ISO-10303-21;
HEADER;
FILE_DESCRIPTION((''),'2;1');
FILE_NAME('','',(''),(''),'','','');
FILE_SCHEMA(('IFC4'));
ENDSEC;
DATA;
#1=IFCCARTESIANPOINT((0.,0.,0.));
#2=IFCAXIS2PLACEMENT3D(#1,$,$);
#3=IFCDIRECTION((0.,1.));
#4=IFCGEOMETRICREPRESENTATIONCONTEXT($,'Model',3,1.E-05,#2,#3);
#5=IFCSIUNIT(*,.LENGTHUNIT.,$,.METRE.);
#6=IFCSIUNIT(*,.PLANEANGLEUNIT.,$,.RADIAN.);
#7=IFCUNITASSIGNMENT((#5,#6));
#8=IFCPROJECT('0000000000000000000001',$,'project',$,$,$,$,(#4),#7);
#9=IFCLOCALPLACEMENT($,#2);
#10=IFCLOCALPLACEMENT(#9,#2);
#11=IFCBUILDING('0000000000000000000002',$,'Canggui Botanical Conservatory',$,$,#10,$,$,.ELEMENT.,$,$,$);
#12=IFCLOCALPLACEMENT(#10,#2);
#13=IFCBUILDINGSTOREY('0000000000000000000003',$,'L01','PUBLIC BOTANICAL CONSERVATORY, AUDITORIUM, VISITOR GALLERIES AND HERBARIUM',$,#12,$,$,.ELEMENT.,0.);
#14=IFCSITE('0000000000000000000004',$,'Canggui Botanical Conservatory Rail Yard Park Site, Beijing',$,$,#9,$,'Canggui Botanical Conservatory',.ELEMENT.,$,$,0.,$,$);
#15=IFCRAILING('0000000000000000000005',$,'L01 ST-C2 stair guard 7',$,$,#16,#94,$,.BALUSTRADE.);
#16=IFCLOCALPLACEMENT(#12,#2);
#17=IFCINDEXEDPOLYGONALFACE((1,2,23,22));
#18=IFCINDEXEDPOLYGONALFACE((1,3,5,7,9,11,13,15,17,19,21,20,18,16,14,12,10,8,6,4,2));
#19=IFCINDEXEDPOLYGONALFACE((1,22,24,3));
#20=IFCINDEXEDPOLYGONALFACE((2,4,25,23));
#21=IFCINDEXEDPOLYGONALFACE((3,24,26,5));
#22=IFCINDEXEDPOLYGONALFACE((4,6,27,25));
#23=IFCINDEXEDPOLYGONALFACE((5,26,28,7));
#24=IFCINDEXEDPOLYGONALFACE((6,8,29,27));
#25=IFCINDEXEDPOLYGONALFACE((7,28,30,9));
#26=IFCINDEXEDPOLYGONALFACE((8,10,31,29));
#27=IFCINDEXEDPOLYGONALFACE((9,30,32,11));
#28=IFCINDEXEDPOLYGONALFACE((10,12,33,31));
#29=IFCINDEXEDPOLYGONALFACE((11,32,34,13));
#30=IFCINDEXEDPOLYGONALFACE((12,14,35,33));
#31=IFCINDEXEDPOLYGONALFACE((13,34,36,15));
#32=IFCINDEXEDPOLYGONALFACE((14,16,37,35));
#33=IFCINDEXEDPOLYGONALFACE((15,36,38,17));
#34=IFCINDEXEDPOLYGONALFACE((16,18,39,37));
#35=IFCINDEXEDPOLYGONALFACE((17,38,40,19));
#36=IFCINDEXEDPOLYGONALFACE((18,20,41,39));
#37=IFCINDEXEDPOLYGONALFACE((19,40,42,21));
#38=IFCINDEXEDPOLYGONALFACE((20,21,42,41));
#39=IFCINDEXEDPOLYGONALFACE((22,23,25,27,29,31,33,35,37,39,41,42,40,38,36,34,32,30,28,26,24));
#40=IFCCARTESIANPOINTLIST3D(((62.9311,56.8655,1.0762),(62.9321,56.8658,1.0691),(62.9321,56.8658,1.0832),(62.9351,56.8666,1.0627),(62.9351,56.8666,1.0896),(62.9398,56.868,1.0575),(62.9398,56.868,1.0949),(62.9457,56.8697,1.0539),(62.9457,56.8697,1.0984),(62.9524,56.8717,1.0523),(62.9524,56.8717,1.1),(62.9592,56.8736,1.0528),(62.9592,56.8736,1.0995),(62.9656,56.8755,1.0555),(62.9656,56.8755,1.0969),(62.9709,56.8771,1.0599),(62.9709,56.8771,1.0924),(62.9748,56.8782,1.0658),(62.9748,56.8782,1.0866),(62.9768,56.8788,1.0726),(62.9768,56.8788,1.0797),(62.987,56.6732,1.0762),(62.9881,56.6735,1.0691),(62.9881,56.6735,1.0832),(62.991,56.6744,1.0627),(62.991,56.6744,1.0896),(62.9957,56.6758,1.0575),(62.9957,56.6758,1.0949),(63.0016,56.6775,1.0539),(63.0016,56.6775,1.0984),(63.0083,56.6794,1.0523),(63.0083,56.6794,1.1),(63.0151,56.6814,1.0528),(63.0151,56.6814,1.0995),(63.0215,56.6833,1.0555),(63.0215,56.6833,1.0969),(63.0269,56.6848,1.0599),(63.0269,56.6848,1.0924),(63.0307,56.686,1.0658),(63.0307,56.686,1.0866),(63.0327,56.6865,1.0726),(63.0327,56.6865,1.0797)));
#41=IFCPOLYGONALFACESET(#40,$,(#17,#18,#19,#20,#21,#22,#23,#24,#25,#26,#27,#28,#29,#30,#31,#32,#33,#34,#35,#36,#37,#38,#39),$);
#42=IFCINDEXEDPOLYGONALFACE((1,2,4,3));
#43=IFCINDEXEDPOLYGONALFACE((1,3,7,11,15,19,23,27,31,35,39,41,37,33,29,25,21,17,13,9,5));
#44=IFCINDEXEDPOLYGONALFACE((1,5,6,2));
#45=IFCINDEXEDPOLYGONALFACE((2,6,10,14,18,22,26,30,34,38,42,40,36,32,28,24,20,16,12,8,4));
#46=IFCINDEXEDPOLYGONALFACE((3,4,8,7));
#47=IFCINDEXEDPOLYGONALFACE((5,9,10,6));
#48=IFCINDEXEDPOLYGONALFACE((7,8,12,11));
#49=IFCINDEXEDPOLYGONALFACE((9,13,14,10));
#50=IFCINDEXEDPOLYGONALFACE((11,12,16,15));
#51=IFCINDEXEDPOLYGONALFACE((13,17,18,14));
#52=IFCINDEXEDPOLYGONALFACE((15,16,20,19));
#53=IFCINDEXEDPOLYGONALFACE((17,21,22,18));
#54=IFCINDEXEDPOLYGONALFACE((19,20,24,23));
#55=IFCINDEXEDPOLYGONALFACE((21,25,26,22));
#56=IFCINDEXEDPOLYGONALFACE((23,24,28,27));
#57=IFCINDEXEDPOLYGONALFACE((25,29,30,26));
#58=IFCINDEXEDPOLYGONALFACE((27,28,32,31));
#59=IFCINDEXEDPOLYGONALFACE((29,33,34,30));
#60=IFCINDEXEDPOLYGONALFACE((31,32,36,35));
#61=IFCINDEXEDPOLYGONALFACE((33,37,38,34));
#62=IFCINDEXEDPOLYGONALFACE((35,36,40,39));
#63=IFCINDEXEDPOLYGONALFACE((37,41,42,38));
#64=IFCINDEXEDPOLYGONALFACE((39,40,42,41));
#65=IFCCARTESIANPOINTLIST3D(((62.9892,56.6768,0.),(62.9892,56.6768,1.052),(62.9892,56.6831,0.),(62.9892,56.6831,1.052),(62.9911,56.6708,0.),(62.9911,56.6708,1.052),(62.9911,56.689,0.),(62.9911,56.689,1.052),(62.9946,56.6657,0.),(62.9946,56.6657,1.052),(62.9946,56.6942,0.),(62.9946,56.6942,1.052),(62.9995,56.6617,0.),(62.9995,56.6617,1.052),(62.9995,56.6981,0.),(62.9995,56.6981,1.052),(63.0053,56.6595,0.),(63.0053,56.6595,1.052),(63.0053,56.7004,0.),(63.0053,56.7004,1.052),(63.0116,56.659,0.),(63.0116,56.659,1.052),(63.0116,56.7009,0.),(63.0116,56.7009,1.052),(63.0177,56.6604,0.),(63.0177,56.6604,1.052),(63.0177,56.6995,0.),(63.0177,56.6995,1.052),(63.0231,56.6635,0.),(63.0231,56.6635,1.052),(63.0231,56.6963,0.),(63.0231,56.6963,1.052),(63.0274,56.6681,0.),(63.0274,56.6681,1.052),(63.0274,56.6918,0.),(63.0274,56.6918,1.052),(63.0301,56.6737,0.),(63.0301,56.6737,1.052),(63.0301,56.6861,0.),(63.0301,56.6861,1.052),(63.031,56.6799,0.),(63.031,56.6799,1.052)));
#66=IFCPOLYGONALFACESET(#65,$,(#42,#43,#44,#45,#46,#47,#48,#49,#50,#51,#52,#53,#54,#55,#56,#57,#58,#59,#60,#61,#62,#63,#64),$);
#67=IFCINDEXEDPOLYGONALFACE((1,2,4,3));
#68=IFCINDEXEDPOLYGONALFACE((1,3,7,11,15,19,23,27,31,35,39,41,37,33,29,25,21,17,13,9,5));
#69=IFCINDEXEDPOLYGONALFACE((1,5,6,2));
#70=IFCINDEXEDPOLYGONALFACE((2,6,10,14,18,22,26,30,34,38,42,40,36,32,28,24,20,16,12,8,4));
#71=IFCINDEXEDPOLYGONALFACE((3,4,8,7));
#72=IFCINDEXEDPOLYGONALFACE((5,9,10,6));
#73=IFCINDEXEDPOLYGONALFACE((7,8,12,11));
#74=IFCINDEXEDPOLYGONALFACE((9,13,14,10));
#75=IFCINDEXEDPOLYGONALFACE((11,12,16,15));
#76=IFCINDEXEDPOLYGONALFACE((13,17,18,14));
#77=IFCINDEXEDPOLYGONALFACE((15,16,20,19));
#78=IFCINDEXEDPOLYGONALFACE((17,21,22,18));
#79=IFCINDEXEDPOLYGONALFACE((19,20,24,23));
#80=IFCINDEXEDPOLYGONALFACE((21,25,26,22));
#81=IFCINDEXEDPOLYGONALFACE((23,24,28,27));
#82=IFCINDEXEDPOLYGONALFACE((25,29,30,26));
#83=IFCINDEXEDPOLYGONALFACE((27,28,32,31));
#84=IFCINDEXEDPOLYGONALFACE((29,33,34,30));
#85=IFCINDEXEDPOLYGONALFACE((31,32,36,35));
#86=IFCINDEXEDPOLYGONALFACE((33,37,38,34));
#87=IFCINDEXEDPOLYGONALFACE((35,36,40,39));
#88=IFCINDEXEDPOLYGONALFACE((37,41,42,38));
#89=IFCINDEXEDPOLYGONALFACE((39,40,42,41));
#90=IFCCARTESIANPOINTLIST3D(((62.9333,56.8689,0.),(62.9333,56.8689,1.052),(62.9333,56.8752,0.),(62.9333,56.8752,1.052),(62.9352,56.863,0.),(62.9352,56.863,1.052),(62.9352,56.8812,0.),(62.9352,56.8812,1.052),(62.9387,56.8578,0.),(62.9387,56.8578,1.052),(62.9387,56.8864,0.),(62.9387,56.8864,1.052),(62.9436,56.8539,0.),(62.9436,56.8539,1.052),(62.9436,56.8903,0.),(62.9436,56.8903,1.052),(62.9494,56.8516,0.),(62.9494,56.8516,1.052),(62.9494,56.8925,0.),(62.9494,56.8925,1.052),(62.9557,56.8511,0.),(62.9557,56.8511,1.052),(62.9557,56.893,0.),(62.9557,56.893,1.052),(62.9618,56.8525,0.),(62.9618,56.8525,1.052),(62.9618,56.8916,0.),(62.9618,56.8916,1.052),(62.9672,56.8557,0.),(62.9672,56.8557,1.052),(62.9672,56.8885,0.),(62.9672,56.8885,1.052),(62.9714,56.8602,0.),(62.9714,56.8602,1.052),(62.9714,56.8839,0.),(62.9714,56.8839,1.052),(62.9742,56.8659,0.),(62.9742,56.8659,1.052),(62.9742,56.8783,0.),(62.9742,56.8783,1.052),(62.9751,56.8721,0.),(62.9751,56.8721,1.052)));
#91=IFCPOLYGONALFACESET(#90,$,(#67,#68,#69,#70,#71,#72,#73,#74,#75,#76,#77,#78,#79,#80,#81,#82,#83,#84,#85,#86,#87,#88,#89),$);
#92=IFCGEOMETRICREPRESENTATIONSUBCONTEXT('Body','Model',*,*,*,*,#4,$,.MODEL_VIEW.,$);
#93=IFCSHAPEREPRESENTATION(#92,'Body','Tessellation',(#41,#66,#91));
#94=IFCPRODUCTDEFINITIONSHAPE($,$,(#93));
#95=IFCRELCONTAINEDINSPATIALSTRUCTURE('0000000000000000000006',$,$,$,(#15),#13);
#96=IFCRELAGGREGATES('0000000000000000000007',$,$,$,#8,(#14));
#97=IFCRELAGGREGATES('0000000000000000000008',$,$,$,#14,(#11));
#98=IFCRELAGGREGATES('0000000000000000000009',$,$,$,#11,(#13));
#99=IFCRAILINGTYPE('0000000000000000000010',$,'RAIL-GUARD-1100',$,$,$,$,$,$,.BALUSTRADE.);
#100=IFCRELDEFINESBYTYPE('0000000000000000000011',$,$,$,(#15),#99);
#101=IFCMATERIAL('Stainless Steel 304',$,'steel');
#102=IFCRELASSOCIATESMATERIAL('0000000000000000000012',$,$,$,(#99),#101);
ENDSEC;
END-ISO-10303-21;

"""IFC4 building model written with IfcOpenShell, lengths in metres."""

from ifc_helpers import new_model, si_unit, direction, frame, origin, origin_2d, place, context, subcontext, project, spatial, circle, extrude, material, type_object, element, save


model = new_model("IFC4")

# Units and contexts
model_context = context("Model", 3, precision=1e-05, world=origin(), true_north=direction((0.0, 1.0)))
body_context = subcontext(model_context, "Body", "Model", "MODEL_VIEW")
ifc_project = project(units=[si_unit("LENGTHUNIT", "METRE"), si_unit("PLANEANGLEUNIT", "RADIAN")], contexts=[model_context])

# Site, building, storey
site_placement = place(None, origin())
site = spatial("IfcSite", under=ifc_project, at=site_placement, Name="Canggui Botanical Conservatory Rail Yard Park Site, Beijing", LongName="Canggui Botanical Conservatory", CompositionType="ELEMENT", RefElevation=0.0)
building_placement = place(site_placement, origin())
building = spatial("IfcBuilding", under=site, at=building_placement, Name="Canggui Botanical Conservatory", CompositionType="ELEMENT")
storey_placement = place(building_placement, origin())
storey = spatial("IfcBuildingStorey", under=building, at=storey_placement, Name="L01", Description="PUBLIC BOTANICAL CONSERVATORY, AUDITORIUM, VISITOR GALLERIES AND HERBARIUM", CompositionType="ELEMENT", Elevation=0.0)

# Railing
ifc_material_1 = material(Name="Stainless Steel 304", Category="steel")
railing_type_1 = type_object("IfcRailingType", Name="RAIL-GUARD-1100", PredefinedType="BALUSTRADE", material=ifc_material_1)
railing_1_placement = place(storey_placement, frame((63.01, 56.6799, 0.0)))
element("IfcRailing", 1, at=railing_1_placement, inside=storey, type_object=railing_type_1, Name="L01 ST-C2 stair guard 7", PredefinedType="BALUSTRADE", context=body_context, shape_type="SweptSolid", body=[
    extrude(circle(Radius=0.0239, at=origin_2d()), frame((0.0, 0.0, 1.0762), z_axis=(-0.279391, 0.960177, 0.0), x_axis=(-0.960177, -0.279391, 0.0)), (0.0, 0.0, 1.0), 0.2002),
    extrude(circle(Radius=0.021, at=origin_2d()), origin(), (0.0, 0.0, 1.0), 1.052),
    extrude(circle(Radius=0.021, at=origin_2d()), frame((-0.0559, 0.1921, 0.0)), (0.0, 0.0, 1.0), 1.052),
])

save(model, "model.ifc")
